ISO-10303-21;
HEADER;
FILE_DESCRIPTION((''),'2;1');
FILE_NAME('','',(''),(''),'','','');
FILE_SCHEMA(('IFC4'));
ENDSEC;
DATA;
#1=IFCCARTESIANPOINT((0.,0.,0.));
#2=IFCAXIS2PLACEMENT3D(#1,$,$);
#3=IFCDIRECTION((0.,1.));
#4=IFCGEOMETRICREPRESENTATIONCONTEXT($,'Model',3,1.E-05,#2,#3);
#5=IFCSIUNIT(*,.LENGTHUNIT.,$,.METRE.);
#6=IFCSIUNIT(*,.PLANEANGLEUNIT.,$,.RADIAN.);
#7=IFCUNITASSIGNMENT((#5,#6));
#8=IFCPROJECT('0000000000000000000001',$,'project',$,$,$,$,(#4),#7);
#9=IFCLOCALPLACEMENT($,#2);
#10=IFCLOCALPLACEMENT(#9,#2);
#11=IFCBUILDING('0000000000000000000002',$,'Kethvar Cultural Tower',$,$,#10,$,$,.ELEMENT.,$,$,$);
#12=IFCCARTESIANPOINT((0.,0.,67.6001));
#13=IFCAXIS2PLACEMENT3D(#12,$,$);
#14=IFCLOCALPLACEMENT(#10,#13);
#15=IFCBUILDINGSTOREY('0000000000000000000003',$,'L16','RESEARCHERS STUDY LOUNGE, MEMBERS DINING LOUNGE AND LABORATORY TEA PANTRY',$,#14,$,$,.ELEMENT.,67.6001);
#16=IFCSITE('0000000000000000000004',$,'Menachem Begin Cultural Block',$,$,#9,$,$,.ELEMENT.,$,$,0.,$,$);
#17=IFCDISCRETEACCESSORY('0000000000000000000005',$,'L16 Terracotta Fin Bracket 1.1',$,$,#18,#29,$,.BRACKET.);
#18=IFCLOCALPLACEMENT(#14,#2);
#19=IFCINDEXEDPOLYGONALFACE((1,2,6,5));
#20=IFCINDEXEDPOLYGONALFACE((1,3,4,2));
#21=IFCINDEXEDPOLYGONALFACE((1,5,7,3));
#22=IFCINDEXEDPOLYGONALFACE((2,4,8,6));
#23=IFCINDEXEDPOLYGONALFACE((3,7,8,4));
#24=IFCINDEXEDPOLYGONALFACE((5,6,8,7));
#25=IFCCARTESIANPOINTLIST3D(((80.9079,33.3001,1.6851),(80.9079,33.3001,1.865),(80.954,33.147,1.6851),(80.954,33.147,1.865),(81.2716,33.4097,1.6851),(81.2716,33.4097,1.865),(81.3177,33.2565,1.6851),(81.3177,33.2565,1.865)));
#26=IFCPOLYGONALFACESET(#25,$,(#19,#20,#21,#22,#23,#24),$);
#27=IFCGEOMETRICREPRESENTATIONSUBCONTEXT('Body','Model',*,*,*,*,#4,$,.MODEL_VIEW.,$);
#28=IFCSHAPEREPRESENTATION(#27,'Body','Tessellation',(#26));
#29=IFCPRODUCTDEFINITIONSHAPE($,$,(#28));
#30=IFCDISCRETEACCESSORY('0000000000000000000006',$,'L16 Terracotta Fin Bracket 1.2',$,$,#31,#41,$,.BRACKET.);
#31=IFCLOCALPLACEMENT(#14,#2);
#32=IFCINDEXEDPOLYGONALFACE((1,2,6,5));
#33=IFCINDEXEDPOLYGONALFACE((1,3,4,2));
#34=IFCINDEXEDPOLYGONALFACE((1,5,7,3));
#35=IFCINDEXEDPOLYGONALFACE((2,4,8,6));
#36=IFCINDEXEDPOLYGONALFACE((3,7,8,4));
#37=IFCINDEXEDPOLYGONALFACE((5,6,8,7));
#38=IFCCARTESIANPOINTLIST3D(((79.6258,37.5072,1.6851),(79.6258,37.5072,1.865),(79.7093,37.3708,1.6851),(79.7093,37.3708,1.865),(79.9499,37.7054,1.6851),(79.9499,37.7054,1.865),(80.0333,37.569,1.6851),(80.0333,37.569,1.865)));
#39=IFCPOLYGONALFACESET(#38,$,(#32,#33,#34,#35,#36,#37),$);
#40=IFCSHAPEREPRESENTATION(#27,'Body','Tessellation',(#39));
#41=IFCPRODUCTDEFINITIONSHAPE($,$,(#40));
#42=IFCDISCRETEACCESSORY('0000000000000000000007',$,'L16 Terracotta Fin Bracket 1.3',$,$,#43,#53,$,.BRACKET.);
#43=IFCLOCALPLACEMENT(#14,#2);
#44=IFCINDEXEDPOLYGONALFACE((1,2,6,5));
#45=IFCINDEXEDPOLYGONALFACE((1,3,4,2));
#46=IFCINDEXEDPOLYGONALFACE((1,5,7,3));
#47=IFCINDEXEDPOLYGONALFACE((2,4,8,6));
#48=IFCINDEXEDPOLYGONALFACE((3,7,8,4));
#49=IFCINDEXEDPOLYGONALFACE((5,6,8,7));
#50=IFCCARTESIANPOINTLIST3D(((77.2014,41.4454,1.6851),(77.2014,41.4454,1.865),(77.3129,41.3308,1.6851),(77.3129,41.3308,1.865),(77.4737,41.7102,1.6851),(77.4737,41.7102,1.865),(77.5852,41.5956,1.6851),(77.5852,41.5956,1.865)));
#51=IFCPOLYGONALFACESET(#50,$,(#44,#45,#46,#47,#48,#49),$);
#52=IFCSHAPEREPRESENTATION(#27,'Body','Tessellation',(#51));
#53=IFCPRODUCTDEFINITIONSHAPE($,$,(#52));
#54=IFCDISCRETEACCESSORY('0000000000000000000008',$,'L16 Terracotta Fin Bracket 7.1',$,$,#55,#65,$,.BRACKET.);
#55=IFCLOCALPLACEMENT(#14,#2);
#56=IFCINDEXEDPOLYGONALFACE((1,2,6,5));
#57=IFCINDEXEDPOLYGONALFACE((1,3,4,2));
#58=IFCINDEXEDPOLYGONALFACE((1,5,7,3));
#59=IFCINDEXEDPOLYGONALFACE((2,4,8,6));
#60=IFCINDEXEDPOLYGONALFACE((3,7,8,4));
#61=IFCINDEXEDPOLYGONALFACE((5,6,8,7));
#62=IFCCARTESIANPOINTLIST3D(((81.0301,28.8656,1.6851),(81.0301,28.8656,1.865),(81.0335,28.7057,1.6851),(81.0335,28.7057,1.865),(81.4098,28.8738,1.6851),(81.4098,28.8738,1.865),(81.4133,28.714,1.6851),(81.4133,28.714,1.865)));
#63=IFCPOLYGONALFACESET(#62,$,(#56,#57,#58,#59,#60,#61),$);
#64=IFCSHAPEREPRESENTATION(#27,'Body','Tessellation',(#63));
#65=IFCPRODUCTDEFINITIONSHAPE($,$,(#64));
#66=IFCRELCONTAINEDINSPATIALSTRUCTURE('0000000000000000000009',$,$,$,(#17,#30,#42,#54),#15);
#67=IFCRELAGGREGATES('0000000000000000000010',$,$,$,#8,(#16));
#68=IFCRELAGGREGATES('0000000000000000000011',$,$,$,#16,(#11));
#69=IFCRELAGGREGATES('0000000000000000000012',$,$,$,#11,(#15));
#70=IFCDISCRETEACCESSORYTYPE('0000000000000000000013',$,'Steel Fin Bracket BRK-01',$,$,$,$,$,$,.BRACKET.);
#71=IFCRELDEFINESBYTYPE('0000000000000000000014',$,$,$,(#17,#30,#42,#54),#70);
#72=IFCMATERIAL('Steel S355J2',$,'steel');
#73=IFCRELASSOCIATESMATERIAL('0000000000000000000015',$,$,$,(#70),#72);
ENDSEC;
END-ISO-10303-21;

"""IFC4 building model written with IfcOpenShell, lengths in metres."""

from ifc_helpers import new_model, si_unit, direction, frame, origin, origin_2d, place, context, subcontext, project, spatial, rectangle, extrude, source, transform, mapped, material, type_object, element, save


model = new_model("IFC4")

# Units and contexts
model_context = context("Model", 3, precision=1e-05, world=origin(), true_north=direction((0.0, 1.0)))
body_context = subcontext(model_context, "Body", "Model", "MODEL_VIEW")
ifc_project = project(units=[si_unit("LENGTHUNIT", "METRE"), si_unit("PLANEANGLEUNIT", "RADIAN")], contexts=[model_context])

# Site, building, storey
site_placement = place(None, origin())
site = spatial("IfcSite", under=ifc_project, at=site_placement, Name="Menachem Begin Cultural Block", CompositionType="ELEMENT", RefElevation=0.0)
building_placement = place(site_placement, origin())
building = spatial("IfcBuilding", under=site, at=building_placement, Name="Kethvar Cultural Tower", CompositionType="ELEMENT")
storey_placement = place(building_placement, frame((0.0, 0.0, 67.6001)))
storey = spatial("IfcBuildingStorey", under=building, at=storey_placement, Name="L16", Description="RESEARCHERS STUDY LOUNGE, MEMBERS DINING LOUNGE AND LABORATORY TEA PANTRY", CompositionType="ELEMENT", Elevation=67.6001)

# Shared definitions
ifc_material_1 = material(Name="Steel S355J2", Category="steel")

# Discrete accessories
discrete_accessory_type = type_object("IfcDiscreteAccessoryType", Name="Steel Fin Bracket BRK-01", PredefinedType="BRACKET", material=ifc_material_1)
shared_shape_1 = source(origin(), body_context, "Body", "SweptSolid", [
    extrude(rectangle(XDim=0.3799, YDim=0.1599, at=origin_2d()), origin(), (0.0, 0.0, 1.0), 0.1799),
])
for number, where, z_axis, x_axis, name in (
    (1, (81.1128, 33.2783, 1.6851), (0.0, 0.0, 1.0), (0.957521, 0.288363, 0.0), "L16 Terracotta Fin Bracket 1.1"),
    (2, (79.8296, 37.5381, 1.6851), (0.0, 0.0, 1.0), (0.853096, 0.521754, 0.0), "L16 Terracotta Fin Bracket 1.2"),
    (3, (77.3933, 41.5205, 1.6851), (0.0, 0.0, 1.0), (0.716911, 0.697165, 0.0), "L16 Terracotta Fin Bracket 1.3"),
    (4, (81.2217, 28.7898, 1.6851), (0.0, 0.0, 1.0), (0.999766, 0.02164, 0.0), "L16 Terracotta Fin Bracket 7.1"),
):
    element("IfcDiscreteAccessory", number, at=place(storey_placement, frame(where, z_axis=z_axis, x_axis=x_axis)), inside=storey, type_object=discrete_accessory_type, Name=name, PredefinedType="BRACKET", context=body_context, shape_type="MappedRepresentation", body=[
        mapped(shared_shape_1, transform((0.0, 0.0, 0.0), scale=1.0)),
    ])

save(model, "model.ifc")
